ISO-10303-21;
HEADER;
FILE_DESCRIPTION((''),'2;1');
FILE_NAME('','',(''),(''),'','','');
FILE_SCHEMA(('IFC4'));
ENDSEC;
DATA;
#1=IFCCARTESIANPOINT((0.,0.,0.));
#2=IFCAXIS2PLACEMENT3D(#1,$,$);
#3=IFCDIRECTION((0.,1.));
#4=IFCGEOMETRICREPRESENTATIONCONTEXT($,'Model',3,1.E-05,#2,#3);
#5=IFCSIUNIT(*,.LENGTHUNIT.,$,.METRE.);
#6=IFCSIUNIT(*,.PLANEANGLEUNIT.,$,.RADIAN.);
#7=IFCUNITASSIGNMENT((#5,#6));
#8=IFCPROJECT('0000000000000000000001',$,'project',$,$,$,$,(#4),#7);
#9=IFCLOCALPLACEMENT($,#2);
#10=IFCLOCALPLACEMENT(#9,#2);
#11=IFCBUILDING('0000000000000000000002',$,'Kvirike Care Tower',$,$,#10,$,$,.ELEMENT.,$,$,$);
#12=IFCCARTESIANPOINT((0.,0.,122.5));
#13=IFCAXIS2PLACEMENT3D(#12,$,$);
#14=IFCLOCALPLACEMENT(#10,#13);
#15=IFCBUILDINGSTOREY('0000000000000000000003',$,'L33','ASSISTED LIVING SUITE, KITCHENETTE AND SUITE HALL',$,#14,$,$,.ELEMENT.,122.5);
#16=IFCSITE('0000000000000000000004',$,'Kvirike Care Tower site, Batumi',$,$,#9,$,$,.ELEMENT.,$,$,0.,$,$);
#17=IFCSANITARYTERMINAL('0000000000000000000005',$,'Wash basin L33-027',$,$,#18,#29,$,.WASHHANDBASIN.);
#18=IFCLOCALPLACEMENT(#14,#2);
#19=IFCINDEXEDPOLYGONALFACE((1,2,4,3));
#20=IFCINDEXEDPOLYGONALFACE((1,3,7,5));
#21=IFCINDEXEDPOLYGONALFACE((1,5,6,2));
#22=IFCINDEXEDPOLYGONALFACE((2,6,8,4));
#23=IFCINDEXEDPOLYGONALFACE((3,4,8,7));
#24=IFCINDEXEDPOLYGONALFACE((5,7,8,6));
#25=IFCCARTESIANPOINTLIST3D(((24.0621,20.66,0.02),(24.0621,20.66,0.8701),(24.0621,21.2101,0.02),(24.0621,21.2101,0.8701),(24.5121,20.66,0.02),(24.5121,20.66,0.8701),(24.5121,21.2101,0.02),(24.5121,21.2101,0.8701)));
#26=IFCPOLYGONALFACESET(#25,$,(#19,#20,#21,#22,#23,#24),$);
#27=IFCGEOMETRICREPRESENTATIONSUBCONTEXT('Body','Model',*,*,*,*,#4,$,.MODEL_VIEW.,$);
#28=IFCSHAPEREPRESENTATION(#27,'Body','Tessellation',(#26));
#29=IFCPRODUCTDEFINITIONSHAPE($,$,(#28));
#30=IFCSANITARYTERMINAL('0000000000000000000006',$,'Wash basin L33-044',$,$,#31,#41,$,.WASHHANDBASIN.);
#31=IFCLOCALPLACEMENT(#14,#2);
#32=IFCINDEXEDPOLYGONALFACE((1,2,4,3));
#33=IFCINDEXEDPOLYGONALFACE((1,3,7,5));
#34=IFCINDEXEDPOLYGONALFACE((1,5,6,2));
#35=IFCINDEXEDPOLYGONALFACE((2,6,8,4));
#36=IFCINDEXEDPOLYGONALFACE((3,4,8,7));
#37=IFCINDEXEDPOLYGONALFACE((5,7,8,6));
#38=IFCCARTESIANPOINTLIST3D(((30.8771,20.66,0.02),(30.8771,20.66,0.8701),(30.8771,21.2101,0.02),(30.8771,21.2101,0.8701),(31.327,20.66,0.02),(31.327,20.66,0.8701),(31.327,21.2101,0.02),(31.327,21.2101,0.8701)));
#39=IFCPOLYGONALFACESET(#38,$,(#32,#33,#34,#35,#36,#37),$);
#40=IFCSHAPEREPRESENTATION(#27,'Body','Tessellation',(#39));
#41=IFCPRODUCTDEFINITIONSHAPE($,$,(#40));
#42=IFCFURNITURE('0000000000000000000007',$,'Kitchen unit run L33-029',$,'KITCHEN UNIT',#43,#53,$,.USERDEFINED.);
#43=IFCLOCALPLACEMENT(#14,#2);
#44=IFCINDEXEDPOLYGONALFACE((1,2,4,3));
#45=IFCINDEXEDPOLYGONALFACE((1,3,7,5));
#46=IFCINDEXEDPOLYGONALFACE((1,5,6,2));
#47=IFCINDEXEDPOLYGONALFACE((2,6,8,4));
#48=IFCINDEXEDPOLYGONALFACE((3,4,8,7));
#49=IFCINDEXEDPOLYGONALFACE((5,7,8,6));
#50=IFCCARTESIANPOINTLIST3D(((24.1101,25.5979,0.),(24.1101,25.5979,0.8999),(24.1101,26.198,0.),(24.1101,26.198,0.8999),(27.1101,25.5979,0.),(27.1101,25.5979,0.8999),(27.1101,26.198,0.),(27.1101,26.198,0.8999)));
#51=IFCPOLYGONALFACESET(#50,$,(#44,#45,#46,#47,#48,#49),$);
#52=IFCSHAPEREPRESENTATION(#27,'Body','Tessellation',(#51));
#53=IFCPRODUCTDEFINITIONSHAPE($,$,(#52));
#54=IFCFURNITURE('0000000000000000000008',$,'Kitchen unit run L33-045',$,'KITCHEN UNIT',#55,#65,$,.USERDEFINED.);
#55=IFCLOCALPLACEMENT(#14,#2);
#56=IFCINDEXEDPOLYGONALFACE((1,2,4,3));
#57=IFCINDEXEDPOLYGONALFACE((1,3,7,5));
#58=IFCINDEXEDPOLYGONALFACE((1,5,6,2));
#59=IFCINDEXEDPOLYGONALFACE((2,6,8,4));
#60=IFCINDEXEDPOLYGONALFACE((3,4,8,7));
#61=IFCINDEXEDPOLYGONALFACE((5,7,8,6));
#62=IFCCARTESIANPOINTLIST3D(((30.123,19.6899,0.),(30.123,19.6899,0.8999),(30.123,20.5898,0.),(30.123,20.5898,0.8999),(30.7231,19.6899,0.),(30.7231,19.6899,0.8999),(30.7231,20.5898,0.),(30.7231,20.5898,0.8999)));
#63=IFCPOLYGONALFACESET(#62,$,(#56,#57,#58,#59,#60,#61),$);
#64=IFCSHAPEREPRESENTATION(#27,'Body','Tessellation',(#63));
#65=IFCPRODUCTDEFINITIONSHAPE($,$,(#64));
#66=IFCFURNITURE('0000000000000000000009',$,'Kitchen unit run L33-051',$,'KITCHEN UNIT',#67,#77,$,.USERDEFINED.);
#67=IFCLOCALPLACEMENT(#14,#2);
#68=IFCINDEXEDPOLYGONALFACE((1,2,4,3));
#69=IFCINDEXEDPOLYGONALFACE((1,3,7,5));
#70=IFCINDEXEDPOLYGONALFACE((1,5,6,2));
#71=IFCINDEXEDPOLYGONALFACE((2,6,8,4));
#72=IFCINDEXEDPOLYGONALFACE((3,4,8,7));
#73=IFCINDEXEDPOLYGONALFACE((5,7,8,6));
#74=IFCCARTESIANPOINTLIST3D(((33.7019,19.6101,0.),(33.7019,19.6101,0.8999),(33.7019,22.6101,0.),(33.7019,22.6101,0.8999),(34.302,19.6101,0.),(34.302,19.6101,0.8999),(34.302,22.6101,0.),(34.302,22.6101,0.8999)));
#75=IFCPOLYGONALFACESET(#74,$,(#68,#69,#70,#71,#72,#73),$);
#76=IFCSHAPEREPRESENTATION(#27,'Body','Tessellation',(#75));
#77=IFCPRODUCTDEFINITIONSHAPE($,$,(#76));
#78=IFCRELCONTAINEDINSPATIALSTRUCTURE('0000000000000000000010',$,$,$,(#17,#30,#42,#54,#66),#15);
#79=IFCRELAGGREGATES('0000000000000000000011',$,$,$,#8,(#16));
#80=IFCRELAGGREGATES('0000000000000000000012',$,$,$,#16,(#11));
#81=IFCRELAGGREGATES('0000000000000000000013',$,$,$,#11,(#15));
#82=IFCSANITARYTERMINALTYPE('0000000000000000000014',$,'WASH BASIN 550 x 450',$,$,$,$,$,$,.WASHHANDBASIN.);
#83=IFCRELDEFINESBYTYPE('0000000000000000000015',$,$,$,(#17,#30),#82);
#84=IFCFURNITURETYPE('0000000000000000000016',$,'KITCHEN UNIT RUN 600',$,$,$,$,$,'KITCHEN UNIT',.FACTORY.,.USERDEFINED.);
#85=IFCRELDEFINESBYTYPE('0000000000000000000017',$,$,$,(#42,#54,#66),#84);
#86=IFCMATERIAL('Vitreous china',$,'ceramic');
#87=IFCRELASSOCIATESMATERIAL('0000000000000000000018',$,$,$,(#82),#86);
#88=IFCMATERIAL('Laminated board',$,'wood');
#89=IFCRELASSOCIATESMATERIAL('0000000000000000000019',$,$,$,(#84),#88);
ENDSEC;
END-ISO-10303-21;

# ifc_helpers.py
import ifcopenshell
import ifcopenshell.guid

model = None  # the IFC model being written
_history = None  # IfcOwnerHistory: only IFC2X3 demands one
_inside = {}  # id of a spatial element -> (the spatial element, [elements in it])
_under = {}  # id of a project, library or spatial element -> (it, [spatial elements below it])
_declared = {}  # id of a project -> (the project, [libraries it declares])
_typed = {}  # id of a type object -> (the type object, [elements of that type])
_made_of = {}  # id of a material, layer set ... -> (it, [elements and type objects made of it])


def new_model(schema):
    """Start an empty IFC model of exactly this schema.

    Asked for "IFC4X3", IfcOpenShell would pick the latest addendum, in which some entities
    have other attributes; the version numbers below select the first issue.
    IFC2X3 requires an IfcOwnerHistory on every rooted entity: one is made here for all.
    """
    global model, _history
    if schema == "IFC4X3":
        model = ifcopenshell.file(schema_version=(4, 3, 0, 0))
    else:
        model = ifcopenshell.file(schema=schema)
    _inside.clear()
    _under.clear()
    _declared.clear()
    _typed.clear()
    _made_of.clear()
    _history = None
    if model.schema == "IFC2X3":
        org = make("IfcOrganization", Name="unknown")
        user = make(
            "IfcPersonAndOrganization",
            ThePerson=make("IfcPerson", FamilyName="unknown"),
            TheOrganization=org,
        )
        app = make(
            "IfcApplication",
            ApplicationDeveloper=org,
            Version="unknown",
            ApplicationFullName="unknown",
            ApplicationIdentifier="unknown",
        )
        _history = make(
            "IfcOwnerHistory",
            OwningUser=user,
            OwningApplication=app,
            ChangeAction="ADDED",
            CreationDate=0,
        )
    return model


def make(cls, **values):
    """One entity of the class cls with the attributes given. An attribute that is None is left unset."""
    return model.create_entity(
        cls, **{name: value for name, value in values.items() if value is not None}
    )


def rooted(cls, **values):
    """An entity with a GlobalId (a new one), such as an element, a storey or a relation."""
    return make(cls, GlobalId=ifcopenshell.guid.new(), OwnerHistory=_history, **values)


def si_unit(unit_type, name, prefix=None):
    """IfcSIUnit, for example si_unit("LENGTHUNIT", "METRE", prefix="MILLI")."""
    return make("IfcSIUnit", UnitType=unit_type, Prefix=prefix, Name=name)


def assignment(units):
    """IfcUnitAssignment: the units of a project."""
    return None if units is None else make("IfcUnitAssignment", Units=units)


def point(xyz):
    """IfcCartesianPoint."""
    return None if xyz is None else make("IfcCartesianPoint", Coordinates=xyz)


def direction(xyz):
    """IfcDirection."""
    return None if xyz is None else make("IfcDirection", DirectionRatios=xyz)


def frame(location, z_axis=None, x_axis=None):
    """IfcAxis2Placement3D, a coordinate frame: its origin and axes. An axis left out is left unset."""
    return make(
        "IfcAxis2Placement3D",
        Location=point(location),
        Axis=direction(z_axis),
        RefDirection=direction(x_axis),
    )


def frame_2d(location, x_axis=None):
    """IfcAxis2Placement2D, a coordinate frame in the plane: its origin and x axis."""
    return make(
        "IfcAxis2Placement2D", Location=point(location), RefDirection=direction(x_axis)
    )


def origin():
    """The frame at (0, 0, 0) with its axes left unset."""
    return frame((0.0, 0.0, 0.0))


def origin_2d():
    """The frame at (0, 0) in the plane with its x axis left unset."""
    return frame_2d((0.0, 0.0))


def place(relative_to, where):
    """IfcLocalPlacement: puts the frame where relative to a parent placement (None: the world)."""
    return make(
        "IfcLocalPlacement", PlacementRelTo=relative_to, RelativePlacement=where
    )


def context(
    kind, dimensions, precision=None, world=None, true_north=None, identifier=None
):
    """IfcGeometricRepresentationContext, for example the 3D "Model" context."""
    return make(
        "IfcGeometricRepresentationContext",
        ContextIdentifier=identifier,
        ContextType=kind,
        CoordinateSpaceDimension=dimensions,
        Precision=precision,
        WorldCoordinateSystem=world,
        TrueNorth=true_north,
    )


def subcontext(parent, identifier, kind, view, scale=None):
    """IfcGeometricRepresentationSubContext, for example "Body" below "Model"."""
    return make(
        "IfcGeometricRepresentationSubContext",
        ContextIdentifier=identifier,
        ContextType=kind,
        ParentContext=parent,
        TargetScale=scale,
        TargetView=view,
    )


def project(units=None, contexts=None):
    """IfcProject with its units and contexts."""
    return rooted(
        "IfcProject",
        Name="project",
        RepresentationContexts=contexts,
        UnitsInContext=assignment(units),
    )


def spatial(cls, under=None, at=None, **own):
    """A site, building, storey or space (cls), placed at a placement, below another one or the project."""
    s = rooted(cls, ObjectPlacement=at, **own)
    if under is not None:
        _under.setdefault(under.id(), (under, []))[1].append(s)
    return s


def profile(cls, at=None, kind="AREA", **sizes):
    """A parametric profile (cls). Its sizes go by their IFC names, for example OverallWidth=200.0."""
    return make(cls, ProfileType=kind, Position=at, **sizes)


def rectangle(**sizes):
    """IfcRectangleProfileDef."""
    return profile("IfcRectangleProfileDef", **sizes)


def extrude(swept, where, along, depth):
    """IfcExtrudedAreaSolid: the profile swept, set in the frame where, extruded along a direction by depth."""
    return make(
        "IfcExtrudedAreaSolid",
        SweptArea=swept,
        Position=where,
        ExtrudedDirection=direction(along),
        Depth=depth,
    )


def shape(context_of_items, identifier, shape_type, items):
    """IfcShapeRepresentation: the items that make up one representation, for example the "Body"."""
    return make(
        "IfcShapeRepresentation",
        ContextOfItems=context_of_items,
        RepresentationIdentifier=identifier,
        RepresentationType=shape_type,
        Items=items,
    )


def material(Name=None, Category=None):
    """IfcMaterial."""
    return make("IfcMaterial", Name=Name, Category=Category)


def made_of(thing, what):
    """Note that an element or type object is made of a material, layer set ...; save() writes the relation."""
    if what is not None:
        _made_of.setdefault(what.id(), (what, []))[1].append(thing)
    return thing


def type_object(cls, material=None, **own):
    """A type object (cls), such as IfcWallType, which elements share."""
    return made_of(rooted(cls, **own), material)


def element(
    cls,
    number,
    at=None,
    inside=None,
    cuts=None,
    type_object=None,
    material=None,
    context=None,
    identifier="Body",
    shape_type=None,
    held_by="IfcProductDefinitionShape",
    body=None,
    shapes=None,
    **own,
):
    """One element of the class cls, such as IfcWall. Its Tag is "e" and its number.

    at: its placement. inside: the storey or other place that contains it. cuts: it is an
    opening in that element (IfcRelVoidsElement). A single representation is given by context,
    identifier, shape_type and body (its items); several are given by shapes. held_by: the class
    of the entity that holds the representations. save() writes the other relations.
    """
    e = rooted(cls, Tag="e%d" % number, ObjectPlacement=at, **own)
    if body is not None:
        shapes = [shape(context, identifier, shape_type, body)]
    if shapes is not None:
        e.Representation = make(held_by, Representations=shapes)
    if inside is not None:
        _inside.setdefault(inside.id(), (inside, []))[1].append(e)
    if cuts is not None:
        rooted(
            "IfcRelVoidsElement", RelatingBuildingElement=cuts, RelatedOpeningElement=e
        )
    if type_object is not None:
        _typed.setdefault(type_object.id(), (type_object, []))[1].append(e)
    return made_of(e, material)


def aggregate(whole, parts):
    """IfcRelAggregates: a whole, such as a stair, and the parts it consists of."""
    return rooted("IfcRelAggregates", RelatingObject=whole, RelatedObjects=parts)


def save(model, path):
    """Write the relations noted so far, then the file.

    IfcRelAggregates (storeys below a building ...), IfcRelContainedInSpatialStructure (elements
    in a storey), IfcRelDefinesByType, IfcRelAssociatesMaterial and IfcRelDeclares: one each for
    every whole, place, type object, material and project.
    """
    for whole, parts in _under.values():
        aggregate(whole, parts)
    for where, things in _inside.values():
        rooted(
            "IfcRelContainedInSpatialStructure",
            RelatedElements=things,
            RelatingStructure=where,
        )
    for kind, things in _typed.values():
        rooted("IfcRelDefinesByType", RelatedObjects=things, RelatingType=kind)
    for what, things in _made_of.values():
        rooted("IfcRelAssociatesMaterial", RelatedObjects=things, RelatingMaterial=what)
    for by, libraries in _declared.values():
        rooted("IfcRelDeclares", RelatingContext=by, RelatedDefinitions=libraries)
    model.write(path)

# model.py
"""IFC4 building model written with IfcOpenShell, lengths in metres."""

from ifc_helpers import new_model, si_unit, direction, frame, origin, origin_2d, place, context, subcontext, project, spatial, rectangle, extrude, material, type_object, element, save


model = new_model("IFC4")

# Units and contexts
model_context = context("Model", 3, precision=1e-05, world=origin(), true_north=direction((0.0, 1.0)))
body_context = subcontext(model_context, "Body", "Model", "MODEL_VIEW")
ifc_project = project(units=[si_unit("LENGTHUNIT", "METRE"), si_unit("PLANEANGLEUNIT", "RADIAN")], contexts=[model_context])

# Site, building, storey
site_placement = place(None, origin())
site = spatial("IfcSite", under=ifc_project, at=site_placement, Name="Kvirike Care Tower site, Batumi", CompositionType="ELEMENT", RefElevation=0.0)
building_placement = place(site_placement, origin())
building = spatial("IfcBuilding", under=site, at=building_placement, Name="Kvirike Care Tower", CompositionType="ELEMENT")
storey_placement = place(building_placement, frame((0.0, 0.0, 122.5)))
storey = spatial("IfcBuildingStorey", under=building, at=storey_placement, Name="L33", Description="ASSISTED LIVING SUITE, KITCHENETTE AND SUITE HALL", CompositionType="ELEMENT", Elevation=122.5)

# Sanitary terminals
ifc_material_1 = material(Name="Vitreous china", Category="ceramic")
sanitary_terminal_type_1 = type_object("IfcSanitaryTerminalType", Name="WASH BASIN 550 x 450", PredefinedType="WASHHANDBASIN", material=ifc_material_1)
for number, where, z_axis, x_axis, name in (
    (1, (24.2871, 20.9351, 0.02), (0.0, 0.0, 1.0), (0.0, 1.0, 0.0), "Wash basin L33-027"),
    (2, (31.1021, 20.9351, 0.02), (0.0, 0.0, 1.0), (0.0, 1.0, 0.0), "Wash basin L33-044"),
):
    element("IfcSanitaryTerminal", number, at=place(storey_placement, frame(where, z_axis=z_axis, x_axis=x_axis)), inside=storey, type_object=sanitary_terminal_type_1, Name=name, PredefinedType="WASHHANDBASIN", context=body_context, shape_type="SweptSolid", body=[
        extrude(rectangle(XDim=0.55, YDim=0.45, at=origin_2d()), origin(), (0.0, 0.0, 1.0), 0.8501),
    ])

# Furniture
ifc_material_2 = material(Name="Laminated board", Category="wood")
furniture_type = type_object("IfcFurnitureType", Name="KITCHEN UNIT RUN 600", ElementType="KITCHEN UNIT", AssemblyPlace="FACTORY", PredefinedType="USERDEFINED", material=ifc_material_2)
furniture_1_placement = place(storey_placement, frame((25.6101, 25.8979, 0.0), z_axis=(0.0, 0.0, 1.0), x_axis=(1.0, 0.0, 0.0)))
element("IfcFurniture", 3, at=furniture_1_placement, inside=storey, type_object=furniture_type, Name="Kitchen unit run L33-029", ObjectType="KITCHEN UNIT", PredefinedType="USERDEFINED", context=body_context, shape_type="SweptSolid", body=[
    extrude(rectangle(XDim=3.0, YDim=0.6001, at=origin_2d()), origin(), (0.0, 0.0, 1.0), 0.8999),
])
furniture_2_placement = place(storey_placement, frame((30.4231, 20.1399, 0.0), z_axis=(0.0, 0.0, 1.0), x_axis=(0.0, -1.0, 0.0)))
element("IfcFurniture", 4, at=furniture_2_placement, inside=storey, type_object=furniture_type, Name="Kitchen unit run L33-045", ObjectType="KITCHEN UNIT", PredefinedType="USERDEFINED", context=body_context, shape_type="SweptSolid", body=[
    extrude(rectangle(XDim=0.8999, YDim=0.6001, at=origin_2d()), origin(), (0.0, 0.0, 1.0), 0.8999),
])
furniture_3_placement = place(storey_placement, frame((34.002, 21.1101, 0.0), z_axis=(0.0, 0.0, 1.0), x_axis=(0.0, 1.0, 0.0)))
element("IfcFurniture", 5, at=furniture_3_placement, inside=storey, type_object=furniture_type, Name="Kitchen unit run L33-051", ObjectType="KITCHEN UNIT", PredefinedType="USERDEFINED", context=body_context, shape_type="SweptSolid", body=[
    extrude(rectangle(XDim=3.0, YDim=0.6001, at=origin_2d()), origin(), (0.0, 0.0, 1.0), 0.8999),
])

save(model, "model.ifc")
